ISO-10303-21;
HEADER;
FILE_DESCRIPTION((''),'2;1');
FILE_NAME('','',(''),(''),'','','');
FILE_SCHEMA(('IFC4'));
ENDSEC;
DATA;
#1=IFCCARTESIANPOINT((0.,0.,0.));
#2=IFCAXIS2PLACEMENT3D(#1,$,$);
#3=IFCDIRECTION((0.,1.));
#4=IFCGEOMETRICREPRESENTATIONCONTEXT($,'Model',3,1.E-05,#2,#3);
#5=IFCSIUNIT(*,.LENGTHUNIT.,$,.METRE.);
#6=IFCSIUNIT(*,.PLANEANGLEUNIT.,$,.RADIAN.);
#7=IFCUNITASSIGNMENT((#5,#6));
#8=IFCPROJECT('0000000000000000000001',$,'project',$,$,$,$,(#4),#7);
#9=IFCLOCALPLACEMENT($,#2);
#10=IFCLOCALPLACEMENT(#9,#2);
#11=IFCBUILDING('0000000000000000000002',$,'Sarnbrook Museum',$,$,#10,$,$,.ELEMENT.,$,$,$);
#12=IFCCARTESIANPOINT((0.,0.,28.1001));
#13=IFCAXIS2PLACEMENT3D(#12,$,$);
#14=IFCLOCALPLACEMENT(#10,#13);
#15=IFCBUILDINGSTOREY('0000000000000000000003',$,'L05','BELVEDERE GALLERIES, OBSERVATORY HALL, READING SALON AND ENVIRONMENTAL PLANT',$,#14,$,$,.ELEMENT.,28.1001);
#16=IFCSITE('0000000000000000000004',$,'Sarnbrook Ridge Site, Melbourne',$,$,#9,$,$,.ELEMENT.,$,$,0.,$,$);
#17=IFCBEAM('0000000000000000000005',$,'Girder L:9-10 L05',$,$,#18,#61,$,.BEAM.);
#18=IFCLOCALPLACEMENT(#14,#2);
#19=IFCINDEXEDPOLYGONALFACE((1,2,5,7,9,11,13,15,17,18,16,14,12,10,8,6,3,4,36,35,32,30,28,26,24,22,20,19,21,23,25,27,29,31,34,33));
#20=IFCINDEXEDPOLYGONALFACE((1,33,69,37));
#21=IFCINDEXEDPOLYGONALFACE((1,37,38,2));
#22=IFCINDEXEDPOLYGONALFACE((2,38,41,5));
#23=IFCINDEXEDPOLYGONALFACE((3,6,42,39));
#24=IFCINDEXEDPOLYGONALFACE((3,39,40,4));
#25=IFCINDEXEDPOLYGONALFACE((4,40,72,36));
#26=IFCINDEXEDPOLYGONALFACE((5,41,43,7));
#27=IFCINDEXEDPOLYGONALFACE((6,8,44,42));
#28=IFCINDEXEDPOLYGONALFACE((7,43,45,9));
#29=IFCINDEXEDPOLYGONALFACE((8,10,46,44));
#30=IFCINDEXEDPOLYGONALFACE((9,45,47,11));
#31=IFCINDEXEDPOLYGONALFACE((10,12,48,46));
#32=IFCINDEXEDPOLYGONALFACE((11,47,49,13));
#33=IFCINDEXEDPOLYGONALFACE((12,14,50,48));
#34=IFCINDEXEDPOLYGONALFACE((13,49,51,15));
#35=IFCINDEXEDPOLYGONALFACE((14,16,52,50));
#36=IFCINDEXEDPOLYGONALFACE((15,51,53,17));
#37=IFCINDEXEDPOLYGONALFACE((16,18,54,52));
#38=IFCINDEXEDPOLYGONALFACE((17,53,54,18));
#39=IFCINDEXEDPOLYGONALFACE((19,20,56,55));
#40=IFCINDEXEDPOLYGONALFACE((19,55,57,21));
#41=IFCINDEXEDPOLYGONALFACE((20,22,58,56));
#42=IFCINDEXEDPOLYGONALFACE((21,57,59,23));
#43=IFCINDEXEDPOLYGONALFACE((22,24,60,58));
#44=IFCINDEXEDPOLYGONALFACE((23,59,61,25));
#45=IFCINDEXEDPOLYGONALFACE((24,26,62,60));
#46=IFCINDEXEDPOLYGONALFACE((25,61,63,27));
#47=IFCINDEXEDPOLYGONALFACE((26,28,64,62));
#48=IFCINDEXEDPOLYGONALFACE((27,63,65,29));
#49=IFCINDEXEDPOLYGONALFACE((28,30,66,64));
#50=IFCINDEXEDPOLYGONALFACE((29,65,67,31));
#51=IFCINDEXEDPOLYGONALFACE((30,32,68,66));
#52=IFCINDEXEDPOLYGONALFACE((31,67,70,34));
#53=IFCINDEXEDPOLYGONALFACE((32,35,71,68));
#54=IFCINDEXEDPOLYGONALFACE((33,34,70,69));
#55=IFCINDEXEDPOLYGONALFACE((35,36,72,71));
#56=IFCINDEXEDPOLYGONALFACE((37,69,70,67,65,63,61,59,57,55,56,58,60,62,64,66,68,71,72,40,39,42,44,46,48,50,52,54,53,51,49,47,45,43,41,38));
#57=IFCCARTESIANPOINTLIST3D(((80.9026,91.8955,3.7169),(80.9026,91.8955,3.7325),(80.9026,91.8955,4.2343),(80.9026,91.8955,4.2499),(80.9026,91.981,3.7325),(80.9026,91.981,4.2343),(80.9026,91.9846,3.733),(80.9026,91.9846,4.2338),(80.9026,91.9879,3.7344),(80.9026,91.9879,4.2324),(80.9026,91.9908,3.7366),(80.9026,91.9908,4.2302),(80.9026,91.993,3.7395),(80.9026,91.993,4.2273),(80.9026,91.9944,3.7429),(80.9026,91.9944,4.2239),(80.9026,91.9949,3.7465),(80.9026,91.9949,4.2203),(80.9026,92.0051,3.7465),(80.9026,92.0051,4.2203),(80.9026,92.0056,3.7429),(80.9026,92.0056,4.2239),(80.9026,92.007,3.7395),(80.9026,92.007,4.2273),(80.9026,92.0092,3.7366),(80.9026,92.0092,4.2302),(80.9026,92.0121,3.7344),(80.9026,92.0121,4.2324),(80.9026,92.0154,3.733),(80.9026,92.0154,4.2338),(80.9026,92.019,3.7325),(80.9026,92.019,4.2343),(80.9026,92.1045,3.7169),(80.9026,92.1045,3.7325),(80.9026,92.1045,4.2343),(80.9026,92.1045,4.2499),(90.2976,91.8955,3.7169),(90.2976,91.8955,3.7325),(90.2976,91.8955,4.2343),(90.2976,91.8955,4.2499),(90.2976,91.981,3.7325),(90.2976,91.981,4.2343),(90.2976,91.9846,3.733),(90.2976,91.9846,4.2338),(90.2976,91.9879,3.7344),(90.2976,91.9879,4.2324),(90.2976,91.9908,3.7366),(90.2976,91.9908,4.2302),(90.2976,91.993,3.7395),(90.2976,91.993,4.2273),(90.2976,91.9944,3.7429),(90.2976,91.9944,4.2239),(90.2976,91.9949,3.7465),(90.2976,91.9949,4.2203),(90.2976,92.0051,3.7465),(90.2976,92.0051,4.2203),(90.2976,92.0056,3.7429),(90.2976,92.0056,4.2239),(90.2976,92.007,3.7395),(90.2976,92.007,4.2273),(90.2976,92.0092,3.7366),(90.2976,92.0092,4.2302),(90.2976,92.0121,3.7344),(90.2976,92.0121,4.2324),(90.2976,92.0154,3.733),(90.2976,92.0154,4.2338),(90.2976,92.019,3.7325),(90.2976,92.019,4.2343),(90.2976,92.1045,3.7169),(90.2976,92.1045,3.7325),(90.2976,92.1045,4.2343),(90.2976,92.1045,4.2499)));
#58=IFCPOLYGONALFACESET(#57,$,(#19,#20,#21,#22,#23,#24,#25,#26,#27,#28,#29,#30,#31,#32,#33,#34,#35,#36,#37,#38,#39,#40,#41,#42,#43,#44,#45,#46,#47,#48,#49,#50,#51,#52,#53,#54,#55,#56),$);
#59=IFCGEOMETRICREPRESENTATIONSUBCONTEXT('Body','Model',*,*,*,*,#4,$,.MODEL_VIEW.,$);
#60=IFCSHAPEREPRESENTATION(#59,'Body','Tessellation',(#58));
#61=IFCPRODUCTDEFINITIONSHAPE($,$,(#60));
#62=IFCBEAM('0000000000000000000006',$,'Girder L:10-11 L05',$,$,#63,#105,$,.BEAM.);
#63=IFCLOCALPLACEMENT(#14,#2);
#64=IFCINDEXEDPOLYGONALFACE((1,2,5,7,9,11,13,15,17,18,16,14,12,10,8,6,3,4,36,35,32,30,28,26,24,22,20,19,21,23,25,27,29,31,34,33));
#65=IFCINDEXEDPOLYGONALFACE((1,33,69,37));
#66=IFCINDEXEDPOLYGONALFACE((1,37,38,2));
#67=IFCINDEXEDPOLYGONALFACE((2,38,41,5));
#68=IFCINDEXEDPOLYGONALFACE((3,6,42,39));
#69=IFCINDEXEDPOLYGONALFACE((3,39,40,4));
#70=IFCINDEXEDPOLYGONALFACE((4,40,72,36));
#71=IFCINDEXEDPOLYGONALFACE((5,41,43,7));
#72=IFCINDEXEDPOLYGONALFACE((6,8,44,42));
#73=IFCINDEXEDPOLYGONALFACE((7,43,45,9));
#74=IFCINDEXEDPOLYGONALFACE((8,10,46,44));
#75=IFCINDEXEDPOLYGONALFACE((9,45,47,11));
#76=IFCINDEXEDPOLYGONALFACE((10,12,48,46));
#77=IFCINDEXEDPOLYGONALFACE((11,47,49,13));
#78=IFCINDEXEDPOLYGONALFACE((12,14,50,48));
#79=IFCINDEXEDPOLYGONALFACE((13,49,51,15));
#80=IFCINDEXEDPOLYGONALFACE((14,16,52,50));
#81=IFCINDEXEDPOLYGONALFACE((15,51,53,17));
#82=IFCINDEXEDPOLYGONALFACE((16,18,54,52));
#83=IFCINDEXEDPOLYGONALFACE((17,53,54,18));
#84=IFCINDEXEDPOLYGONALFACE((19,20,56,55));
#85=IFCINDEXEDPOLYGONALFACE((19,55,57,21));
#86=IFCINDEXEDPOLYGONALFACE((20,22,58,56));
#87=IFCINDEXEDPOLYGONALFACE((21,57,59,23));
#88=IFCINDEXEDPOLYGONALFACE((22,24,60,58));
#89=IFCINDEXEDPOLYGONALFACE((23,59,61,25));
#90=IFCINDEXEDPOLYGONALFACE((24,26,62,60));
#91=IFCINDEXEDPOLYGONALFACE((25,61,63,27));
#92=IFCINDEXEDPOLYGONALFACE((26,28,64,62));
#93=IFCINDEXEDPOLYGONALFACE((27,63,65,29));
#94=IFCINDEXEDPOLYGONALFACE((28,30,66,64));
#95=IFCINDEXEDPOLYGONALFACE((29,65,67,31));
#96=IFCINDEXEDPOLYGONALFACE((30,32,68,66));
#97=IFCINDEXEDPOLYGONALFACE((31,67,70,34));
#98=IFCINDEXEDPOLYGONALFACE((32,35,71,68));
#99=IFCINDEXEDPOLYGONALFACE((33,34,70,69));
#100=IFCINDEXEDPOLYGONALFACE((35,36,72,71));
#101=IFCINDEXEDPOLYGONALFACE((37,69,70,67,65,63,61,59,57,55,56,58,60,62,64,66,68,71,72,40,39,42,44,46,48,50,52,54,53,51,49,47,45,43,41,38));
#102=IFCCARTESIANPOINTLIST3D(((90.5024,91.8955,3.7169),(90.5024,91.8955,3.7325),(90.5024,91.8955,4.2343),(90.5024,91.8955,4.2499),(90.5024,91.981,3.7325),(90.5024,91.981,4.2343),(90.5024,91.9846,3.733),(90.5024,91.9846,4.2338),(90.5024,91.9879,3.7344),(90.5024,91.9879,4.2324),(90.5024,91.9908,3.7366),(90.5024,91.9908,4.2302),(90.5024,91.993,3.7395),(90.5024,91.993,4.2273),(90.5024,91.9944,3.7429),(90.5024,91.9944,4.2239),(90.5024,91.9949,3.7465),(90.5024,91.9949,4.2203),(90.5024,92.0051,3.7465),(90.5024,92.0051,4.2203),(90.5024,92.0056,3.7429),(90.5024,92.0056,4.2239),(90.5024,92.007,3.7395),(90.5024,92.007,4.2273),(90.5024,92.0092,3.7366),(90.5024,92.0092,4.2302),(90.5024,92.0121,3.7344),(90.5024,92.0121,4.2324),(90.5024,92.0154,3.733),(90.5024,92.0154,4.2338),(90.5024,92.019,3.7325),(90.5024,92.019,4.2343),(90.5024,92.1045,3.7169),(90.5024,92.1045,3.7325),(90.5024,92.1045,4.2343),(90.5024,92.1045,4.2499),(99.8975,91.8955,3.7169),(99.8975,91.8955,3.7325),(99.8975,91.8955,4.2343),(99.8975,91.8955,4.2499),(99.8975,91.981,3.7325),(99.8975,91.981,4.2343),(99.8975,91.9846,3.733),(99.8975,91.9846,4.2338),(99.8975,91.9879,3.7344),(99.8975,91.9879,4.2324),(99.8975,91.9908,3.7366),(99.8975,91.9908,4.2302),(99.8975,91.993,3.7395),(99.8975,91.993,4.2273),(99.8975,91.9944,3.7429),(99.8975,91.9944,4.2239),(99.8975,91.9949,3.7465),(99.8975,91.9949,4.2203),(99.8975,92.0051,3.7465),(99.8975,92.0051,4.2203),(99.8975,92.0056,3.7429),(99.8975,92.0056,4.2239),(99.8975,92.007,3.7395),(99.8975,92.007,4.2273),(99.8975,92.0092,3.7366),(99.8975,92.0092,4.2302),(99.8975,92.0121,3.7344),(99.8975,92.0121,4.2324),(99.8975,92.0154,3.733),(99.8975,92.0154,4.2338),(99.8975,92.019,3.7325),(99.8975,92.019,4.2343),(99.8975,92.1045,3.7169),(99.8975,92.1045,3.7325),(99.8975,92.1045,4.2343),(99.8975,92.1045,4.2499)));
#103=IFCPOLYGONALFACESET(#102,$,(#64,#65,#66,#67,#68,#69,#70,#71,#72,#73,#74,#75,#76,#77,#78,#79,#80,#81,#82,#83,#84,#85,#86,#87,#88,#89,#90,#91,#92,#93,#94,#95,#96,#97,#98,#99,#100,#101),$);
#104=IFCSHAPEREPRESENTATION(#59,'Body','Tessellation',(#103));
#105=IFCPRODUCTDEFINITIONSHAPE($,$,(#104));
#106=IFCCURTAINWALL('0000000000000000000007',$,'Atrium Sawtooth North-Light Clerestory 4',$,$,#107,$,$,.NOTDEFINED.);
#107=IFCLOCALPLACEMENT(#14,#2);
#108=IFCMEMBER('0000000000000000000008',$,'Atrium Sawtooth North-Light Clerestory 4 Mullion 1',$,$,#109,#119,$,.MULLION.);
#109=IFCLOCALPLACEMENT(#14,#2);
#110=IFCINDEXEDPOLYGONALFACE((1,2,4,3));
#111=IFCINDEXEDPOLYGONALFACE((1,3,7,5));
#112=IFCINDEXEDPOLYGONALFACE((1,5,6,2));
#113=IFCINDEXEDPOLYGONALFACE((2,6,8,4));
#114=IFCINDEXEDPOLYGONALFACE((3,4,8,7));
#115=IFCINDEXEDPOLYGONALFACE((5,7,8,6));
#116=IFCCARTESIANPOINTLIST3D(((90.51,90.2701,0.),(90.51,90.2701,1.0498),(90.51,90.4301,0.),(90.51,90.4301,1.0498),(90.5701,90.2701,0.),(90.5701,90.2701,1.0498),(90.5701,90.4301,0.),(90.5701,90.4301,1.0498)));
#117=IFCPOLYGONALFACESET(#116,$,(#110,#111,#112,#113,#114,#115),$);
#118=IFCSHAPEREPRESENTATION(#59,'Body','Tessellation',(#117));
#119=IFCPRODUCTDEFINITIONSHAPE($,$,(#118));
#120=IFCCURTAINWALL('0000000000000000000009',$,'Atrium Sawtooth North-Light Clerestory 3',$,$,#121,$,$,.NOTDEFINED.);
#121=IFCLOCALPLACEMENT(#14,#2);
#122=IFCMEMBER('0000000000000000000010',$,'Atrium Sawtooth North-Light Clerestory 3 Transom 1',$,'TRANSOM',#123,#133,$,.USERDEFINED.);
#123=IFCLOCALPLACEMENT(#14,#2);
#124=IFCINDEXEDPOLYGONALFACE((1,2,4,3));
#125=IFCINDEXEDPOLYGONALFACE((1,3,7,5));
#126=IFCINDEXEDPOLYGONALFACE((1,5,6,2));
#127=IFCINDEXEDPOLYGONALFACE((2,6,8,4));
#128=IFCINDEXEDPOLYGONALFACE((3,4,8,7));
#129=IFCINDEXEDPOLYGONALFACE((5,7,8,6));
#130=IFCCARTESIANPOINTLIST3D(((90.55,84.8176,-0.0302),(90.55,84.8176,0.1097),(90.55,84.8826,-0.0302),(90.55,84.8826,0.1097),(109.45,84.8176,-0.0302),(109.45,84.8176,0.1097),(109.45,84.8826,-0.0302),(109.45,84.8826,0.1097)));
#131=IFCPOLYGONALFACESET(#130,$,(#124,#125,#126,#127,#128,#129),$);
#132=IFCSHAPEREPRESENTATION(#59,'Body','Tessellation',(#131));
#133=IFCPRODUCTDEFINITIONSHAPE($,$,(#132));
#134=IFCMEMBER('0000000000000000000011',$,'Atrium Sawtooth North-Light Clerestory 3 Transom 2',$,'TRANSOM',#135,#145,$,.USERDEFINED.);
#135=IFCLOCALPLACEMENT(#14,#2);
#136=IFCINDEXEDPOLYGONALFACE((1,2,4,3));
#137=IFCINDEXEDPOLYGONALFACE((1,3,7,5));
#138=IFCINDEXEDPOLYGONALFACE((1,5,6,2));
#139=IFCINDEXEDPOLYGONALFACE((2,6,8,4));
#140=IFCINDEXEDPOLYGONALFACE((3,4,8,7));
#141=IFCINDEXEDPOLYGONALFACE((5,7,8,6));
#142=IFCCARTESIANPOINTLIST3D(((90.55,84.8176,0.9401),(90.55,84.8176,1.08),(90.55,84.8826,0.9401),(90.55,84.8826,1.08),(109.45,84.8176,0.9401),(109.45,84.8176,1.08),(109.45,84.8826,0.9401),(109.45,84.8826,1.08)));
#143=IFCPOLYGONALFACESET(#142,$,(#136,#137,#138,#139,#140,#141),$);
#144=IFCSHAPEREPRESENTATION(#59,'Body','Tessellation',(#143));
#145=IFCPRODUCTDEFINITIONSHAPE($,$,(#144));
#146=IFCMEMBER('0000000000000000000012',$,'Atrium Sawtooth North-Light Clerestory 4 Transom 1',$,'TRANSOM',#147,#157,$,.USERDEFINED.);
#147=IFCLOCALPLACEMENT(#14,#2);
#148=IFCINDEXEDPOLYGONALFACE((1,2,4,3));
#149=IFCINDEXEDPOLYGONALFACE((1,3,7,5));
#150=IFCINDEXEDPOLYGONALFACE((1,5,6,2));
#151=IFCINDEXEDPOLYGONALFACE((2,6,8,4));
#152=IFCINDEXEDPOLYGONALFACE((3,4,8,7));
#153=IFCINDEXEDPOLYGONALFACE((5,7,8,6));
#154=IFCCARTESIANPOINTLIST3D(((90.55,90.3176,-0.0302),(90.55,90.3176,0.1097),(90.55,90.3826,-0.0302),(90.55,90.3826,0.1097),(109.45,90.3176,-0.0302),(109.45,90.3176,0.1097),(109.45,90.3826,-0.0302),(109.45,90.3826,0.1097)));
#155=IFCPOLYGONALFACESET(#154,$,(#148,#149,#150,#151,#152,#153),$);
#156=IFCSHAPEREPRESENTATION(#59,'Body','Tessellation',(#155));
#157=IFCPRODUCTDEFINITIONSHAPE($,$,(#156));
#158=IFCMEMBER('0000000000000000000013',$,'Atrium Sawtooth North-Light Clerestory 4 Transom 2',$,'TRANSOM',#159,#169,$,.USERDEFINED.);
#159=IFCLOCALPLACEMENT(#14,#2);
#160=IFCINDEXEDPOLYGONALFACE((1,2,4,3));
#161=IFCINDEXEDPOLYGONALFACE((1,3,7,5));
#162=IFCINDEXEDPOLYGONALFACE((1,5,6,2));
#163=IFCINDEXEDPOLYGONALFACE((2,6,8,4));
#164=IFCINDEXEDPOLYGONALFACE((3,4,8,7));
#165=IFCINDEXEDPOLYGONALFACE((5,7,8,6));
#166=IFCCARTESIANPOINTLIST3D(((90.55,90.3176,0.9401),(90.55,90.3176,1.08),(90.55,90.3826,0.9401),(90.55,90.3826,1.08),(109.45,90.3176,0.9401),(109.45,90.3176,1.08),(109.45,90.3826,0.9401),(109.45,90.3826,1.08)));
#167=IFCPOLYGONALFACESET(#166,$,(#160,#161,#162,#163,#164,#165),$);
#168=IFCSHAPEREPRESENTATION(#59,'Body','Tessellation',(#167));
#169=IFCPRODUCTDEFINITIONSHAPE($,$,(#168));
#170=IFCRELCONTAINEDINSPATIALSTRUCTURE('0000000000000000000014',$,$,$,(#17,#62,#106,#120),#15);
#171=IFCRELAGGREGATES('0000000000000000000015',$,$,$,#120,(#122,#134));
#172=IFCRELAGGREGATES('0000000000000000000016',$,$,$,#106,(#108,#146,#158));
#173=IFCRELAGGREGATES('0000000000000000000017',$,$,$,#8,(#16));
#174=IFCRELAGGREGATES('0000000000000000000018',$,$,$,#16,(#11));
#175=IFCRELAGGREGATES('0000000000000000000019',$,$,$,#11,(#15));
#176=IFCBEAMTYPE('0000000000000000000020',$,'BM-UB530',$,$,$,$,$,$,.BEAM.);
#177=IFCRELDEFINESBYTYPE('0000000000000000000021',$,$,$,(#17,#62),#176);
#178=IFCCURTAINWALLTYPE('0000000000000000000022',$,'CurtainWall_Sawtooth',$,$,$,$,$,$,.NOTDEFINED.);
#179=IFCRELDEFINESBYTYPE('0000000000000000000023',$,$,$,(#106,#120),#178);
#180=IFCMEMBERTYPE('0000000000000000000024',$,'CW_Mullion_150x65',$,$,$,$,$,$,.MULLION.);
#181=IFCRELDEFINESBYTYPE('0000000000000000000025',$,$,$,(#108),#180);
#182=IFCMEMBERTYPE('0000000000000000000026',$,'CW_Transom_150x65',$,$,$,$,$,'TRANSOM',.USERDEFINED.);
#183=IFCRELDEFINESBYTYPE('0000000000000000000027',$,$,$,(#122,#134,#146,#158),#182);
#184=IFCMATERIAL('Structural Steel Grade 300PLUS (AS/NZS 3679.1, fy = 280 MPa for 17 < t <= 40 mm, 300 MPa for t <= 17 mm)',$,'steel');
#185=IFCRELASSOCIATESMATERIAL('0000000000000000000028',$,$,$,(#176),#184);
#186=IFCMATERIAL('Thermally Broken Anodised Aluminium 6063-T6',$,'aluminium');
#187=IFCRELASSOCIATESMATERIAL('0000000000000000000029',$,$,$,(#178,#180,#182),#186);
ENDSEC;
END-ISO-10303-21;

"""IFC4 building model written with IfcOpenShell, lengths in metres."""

from ifc_helpers import new_model, si_unit, direction, frame, origin, origin_2d, place, context, subcontext, project, spatial, rectangle, i_section, extrude, material, material_profile, profile_set, type_object, element, aggregate, save


model = new_model("IFC4")

# Units and contexts
model_context = context("Model", 3, precision=1e-05, world=origin(), true_north=direction((0.0, 1.0)))
body_context = subcontext(model_context, "Body", "Model", "MODEL_VIEW")
ifc_project = project(units=[si_unit("LENGTHUNIT", "METRE"), si_unit("PLANEANGLEUNIT", "RADIAN")], contexts=[model_context])

# Site, building, storey
site_placement = place(None, origin())
site = spatial("IfcSite", under=ifc_project, at=site_placement, Name="Sarnbrook Ridge Site, Melbourne", CompositionType="ELEMENT", RefElevation=0.0)
building_placement = place(site_placement, origin())
building = spatial("IfcBuilding", under=site, at=building_placement, Name="Sarnbrook Museum", CompositionType="ELEMENT")
storey_placement = place(building_placement, frame((0.0, 0.0, 28.1001)))
storey = spatial("IfcBuildingStorey", under=building, at=storey_placement, Name="L05", Description="BELVEDERE GALLERIES, OBSERVATORY HALL, READING SALON AND ENVIRONMENTAL PLANT", CompositionType="ELEMENT", Elevation=28.1001)

# Shared definitions
ifc_material_1 = material(Name="Structural Steel Grade 300PLUS (AS/NZS 3679.1, fy = 280 MPa for 17 < t <= 40 mm, 300 MPa for t <= 17 mm)", Category="steel")

# Beams
ifc_material_profile_1 = material_profile(ifc_material_1, i_section(OverallWidth=0.209, OverallDepth=0.533, WebThickness=0.0103, FlangeThickness=0.0156, FilletRadius=0.0139, at=origin_2d()), Name="530UB92.4")
ifc_profile_set_1 = profile_set([ifc_material_profile_1], Name="Structural Steel Grade 300PLUS (AS/NZS 3679.1, fy = 280 MPa for 17 < t <= 40 mm, 300 MPa for t <= 17 mm)")
beam_type_1 = type_object("IfcBeamType", Name="BM-UB530", PredefinedType="BEAM", material=ifc_profile_set_1)
for number, where, z_axis, x_axis, name in (
    (1, (80.9026, 92.0, 3.9834), (1.0, 0.0, 0.0), (0.0, 1.0, 0.0), "Girder L:9-10 L05"),
    (2, (90.5024, 92.0, 3.9834), (1.0, 0.0, 0.0), (0.0, 1.0, 0.0), "Girder L:10-11 L05"),
):
    element("IfcBeam", number, at=place(storey_placement, frame(where, z_axis=z_axis, x_axis=x_axis)), inside=storey, type_object=beam_type_1, Name=name, PredefinedType="BEAM", context=body_context, shape_type="SweptSolid", body=[
        extrude(i_section(OverallWidth=0.209, OverallDepth=0.533, WebThickness=0.0103, FlangeThickness=0.0156, FilletRadius=0.0139, at=origin_2d()), origin(), (0.0, 0.0, 1.0), 9.395),
    ])

# Curtain wall, member
ifc_material_2 = material(Name="Thermally Broken Anodised Aluminium 6063-T6", Category="aluminium")
curtain_wall_type = type_object("IfcCurtainWallType", Name="CurtainWall_Sawtooth", PredefinedType="NOTDEFINED", material=ifc_material_2)
curtain_wall_1_placement = place(storey_placement, origin())
curtain_wall_1 = element("IfcCurtainWall", 3, at=curtain_wall_1_placement, inside=storey, type_object=curtain_wall_type, Name="Atrium Sawtooth North-Light Clerestory 4", PredefinedType="NOTDEFINED")
ifc_material_profile_2 = material_profile(ifc_material_2, rectangle(XDim=0.0601, YDim=0.1599, at=origin_2d()), Name="ALU MULLION 60x160")
ifc_profile_set_2 = profile_set([ifc_material_profile_2], Name="Thermally Broken Anodised Aluminium 6063-T6")
member_type_1 = type_object("IfcMemberType", Name="CW_Mullion_150x65", PredefinedType="MULLION", material=ifc_profile_set_2)
member_1_placement = place(storey_placement, frame((90.54, 90.3501, 0.0), z_axis=(0.0, 0.0, 1.0), x_axis=(1.0, 0.0, 0.0)))
member_1 = element("IfcMember", 4, at=member_1_placement, type_object=member_type_1, Name="Atrium Sawtooth North-Light Clerestory 4 Mullion 1", PredefinedType="MULLION", context=body_context, shape_type="SweptSolid", body=[
    extrude(rectangle(XDim=0.0601, YDim=0.1599, at=origin_2d()), origin(), (0.0, 0.0, 1.0), 1.0498),
])

# Curtain wall, members
curtain_wall_2_placement = place(storey_placement, origin())
curtain_wall_2 = element("IfcCurtainWall", 5, at=curtain_wall_2_placement, inside=storey, type_object=curtain_wall_type, Name="Atrium Sawtooth North-Light Clerestory 3", PredefinedType="NOTDEFINED")
ifc_material_profile_3 = material_profile(ifc_material_2, rectangle(XDim=0.0649, YDim=0.1399, at=origin_2d()), Name="ALU TRANSOM 65x140")
ifc_profile_set_3 = profile_set([ifc_material_profile_3], Name="Thermally Broken Anodised Aluminium 6063-T6")
member_type_2 = type_object("IfcMemberType", Name="CW_Transom_150x65", ElementType="TRANSOM", PredefinedType="USERDEFINED", material=ifc_profile_set_3)
member_2_placement = place(storey_placement, frame((90.55, 84.8501, 0.0398), z_axis=(1.0, 0.0, 0.0), x_axis=(0.0, 1.0, 0.0)))
member_2 = element("IfcMember", 6, at=member_2_placement, type_object=member_type_2, Name="Atrium Sawtooth North-Light Clerestory 3 Transom 1", ObjectType="TRANSOM", PredefinedType="USERDEFINED", context=body_context, shape_type="SweptSolid", body=[
    extrude(rectangle(XDim=0.0649, YDim=0.1399, at=origin_2d()), origin(), (0.0, 0.0, 1.0), 18.8999),
])
member_3_placement = place(storey_placement, frame((90.55, 84.8501, 1.01), z_axis=(1.0, 0.0, 0.0), x_axis=(0.0, 1.0, 0.0)))
member_3 = element("IfcMember", 7, at=member_3_placement, type_object=member_type_2, Name="Atrium Sawtooth North-Light Clerestory 3 Transom 2", ObjectType="TRANSOM", PredefinedType="USERDEFINED", context=body_context, shape_type="SweptSolid", body=[
    extrude(rectangle(XDim=0.0649, YDim=0.1399, at=origin_2d()), origin(), (0.0, 0.0, 1.0), 18.8999),
])

# Members
member_4_placement = place(storey_placement, frame((90.55, 90.3501, 0.0398), z_axis=(1.0, 0.0, 0.0), x_axis=(0.0, 1.0, 0.0)))
member_4 = element("IfcMember", 8, at=member_4_placement, type_object=member_type_2, Name="Atrium Sawtooth North-Light Clerestory 4 Transom 1", ObjectType="TRANSOM", PredefinedType="USERDEFINED", context=body_context, shape_type="SweptSolid", body=[
    extrude(rectangle(XDim=0.0649, YDim=0.1399, at=origin_2d()), origin(), (0.0, 0.0, 1.0), 18.8999),
])
member_5_placement = place(storey_placement, frame((90.55, 90.3501, 1.01), z_axis=(1.0, 0.0, 0.0), x_axis=(0.0, 1.0, 0.0)))
member_5 = element("IfcMember", 9, at=member_5_placement, type_object=member_type_2, Name="Atrium Sawtooth North-Light Clerestory 4 Transom 2", ObjectType="TRANSOM", PredefinedType="USERDEFINED", context=body_context, shape_type="SweptSolid", body=[
    extrude(rectangle(XDim=0.0649, YDim=0.1399, at=origin_2d()), origin(), (0.0, 0.0, 1.0), 18.8999),
])

aggregate(curtain_wall_2, [member_2, member_3])
aggregate(curtain_wall_1, [member_1, member_4, member_5])

save(model, "model.ifc")
